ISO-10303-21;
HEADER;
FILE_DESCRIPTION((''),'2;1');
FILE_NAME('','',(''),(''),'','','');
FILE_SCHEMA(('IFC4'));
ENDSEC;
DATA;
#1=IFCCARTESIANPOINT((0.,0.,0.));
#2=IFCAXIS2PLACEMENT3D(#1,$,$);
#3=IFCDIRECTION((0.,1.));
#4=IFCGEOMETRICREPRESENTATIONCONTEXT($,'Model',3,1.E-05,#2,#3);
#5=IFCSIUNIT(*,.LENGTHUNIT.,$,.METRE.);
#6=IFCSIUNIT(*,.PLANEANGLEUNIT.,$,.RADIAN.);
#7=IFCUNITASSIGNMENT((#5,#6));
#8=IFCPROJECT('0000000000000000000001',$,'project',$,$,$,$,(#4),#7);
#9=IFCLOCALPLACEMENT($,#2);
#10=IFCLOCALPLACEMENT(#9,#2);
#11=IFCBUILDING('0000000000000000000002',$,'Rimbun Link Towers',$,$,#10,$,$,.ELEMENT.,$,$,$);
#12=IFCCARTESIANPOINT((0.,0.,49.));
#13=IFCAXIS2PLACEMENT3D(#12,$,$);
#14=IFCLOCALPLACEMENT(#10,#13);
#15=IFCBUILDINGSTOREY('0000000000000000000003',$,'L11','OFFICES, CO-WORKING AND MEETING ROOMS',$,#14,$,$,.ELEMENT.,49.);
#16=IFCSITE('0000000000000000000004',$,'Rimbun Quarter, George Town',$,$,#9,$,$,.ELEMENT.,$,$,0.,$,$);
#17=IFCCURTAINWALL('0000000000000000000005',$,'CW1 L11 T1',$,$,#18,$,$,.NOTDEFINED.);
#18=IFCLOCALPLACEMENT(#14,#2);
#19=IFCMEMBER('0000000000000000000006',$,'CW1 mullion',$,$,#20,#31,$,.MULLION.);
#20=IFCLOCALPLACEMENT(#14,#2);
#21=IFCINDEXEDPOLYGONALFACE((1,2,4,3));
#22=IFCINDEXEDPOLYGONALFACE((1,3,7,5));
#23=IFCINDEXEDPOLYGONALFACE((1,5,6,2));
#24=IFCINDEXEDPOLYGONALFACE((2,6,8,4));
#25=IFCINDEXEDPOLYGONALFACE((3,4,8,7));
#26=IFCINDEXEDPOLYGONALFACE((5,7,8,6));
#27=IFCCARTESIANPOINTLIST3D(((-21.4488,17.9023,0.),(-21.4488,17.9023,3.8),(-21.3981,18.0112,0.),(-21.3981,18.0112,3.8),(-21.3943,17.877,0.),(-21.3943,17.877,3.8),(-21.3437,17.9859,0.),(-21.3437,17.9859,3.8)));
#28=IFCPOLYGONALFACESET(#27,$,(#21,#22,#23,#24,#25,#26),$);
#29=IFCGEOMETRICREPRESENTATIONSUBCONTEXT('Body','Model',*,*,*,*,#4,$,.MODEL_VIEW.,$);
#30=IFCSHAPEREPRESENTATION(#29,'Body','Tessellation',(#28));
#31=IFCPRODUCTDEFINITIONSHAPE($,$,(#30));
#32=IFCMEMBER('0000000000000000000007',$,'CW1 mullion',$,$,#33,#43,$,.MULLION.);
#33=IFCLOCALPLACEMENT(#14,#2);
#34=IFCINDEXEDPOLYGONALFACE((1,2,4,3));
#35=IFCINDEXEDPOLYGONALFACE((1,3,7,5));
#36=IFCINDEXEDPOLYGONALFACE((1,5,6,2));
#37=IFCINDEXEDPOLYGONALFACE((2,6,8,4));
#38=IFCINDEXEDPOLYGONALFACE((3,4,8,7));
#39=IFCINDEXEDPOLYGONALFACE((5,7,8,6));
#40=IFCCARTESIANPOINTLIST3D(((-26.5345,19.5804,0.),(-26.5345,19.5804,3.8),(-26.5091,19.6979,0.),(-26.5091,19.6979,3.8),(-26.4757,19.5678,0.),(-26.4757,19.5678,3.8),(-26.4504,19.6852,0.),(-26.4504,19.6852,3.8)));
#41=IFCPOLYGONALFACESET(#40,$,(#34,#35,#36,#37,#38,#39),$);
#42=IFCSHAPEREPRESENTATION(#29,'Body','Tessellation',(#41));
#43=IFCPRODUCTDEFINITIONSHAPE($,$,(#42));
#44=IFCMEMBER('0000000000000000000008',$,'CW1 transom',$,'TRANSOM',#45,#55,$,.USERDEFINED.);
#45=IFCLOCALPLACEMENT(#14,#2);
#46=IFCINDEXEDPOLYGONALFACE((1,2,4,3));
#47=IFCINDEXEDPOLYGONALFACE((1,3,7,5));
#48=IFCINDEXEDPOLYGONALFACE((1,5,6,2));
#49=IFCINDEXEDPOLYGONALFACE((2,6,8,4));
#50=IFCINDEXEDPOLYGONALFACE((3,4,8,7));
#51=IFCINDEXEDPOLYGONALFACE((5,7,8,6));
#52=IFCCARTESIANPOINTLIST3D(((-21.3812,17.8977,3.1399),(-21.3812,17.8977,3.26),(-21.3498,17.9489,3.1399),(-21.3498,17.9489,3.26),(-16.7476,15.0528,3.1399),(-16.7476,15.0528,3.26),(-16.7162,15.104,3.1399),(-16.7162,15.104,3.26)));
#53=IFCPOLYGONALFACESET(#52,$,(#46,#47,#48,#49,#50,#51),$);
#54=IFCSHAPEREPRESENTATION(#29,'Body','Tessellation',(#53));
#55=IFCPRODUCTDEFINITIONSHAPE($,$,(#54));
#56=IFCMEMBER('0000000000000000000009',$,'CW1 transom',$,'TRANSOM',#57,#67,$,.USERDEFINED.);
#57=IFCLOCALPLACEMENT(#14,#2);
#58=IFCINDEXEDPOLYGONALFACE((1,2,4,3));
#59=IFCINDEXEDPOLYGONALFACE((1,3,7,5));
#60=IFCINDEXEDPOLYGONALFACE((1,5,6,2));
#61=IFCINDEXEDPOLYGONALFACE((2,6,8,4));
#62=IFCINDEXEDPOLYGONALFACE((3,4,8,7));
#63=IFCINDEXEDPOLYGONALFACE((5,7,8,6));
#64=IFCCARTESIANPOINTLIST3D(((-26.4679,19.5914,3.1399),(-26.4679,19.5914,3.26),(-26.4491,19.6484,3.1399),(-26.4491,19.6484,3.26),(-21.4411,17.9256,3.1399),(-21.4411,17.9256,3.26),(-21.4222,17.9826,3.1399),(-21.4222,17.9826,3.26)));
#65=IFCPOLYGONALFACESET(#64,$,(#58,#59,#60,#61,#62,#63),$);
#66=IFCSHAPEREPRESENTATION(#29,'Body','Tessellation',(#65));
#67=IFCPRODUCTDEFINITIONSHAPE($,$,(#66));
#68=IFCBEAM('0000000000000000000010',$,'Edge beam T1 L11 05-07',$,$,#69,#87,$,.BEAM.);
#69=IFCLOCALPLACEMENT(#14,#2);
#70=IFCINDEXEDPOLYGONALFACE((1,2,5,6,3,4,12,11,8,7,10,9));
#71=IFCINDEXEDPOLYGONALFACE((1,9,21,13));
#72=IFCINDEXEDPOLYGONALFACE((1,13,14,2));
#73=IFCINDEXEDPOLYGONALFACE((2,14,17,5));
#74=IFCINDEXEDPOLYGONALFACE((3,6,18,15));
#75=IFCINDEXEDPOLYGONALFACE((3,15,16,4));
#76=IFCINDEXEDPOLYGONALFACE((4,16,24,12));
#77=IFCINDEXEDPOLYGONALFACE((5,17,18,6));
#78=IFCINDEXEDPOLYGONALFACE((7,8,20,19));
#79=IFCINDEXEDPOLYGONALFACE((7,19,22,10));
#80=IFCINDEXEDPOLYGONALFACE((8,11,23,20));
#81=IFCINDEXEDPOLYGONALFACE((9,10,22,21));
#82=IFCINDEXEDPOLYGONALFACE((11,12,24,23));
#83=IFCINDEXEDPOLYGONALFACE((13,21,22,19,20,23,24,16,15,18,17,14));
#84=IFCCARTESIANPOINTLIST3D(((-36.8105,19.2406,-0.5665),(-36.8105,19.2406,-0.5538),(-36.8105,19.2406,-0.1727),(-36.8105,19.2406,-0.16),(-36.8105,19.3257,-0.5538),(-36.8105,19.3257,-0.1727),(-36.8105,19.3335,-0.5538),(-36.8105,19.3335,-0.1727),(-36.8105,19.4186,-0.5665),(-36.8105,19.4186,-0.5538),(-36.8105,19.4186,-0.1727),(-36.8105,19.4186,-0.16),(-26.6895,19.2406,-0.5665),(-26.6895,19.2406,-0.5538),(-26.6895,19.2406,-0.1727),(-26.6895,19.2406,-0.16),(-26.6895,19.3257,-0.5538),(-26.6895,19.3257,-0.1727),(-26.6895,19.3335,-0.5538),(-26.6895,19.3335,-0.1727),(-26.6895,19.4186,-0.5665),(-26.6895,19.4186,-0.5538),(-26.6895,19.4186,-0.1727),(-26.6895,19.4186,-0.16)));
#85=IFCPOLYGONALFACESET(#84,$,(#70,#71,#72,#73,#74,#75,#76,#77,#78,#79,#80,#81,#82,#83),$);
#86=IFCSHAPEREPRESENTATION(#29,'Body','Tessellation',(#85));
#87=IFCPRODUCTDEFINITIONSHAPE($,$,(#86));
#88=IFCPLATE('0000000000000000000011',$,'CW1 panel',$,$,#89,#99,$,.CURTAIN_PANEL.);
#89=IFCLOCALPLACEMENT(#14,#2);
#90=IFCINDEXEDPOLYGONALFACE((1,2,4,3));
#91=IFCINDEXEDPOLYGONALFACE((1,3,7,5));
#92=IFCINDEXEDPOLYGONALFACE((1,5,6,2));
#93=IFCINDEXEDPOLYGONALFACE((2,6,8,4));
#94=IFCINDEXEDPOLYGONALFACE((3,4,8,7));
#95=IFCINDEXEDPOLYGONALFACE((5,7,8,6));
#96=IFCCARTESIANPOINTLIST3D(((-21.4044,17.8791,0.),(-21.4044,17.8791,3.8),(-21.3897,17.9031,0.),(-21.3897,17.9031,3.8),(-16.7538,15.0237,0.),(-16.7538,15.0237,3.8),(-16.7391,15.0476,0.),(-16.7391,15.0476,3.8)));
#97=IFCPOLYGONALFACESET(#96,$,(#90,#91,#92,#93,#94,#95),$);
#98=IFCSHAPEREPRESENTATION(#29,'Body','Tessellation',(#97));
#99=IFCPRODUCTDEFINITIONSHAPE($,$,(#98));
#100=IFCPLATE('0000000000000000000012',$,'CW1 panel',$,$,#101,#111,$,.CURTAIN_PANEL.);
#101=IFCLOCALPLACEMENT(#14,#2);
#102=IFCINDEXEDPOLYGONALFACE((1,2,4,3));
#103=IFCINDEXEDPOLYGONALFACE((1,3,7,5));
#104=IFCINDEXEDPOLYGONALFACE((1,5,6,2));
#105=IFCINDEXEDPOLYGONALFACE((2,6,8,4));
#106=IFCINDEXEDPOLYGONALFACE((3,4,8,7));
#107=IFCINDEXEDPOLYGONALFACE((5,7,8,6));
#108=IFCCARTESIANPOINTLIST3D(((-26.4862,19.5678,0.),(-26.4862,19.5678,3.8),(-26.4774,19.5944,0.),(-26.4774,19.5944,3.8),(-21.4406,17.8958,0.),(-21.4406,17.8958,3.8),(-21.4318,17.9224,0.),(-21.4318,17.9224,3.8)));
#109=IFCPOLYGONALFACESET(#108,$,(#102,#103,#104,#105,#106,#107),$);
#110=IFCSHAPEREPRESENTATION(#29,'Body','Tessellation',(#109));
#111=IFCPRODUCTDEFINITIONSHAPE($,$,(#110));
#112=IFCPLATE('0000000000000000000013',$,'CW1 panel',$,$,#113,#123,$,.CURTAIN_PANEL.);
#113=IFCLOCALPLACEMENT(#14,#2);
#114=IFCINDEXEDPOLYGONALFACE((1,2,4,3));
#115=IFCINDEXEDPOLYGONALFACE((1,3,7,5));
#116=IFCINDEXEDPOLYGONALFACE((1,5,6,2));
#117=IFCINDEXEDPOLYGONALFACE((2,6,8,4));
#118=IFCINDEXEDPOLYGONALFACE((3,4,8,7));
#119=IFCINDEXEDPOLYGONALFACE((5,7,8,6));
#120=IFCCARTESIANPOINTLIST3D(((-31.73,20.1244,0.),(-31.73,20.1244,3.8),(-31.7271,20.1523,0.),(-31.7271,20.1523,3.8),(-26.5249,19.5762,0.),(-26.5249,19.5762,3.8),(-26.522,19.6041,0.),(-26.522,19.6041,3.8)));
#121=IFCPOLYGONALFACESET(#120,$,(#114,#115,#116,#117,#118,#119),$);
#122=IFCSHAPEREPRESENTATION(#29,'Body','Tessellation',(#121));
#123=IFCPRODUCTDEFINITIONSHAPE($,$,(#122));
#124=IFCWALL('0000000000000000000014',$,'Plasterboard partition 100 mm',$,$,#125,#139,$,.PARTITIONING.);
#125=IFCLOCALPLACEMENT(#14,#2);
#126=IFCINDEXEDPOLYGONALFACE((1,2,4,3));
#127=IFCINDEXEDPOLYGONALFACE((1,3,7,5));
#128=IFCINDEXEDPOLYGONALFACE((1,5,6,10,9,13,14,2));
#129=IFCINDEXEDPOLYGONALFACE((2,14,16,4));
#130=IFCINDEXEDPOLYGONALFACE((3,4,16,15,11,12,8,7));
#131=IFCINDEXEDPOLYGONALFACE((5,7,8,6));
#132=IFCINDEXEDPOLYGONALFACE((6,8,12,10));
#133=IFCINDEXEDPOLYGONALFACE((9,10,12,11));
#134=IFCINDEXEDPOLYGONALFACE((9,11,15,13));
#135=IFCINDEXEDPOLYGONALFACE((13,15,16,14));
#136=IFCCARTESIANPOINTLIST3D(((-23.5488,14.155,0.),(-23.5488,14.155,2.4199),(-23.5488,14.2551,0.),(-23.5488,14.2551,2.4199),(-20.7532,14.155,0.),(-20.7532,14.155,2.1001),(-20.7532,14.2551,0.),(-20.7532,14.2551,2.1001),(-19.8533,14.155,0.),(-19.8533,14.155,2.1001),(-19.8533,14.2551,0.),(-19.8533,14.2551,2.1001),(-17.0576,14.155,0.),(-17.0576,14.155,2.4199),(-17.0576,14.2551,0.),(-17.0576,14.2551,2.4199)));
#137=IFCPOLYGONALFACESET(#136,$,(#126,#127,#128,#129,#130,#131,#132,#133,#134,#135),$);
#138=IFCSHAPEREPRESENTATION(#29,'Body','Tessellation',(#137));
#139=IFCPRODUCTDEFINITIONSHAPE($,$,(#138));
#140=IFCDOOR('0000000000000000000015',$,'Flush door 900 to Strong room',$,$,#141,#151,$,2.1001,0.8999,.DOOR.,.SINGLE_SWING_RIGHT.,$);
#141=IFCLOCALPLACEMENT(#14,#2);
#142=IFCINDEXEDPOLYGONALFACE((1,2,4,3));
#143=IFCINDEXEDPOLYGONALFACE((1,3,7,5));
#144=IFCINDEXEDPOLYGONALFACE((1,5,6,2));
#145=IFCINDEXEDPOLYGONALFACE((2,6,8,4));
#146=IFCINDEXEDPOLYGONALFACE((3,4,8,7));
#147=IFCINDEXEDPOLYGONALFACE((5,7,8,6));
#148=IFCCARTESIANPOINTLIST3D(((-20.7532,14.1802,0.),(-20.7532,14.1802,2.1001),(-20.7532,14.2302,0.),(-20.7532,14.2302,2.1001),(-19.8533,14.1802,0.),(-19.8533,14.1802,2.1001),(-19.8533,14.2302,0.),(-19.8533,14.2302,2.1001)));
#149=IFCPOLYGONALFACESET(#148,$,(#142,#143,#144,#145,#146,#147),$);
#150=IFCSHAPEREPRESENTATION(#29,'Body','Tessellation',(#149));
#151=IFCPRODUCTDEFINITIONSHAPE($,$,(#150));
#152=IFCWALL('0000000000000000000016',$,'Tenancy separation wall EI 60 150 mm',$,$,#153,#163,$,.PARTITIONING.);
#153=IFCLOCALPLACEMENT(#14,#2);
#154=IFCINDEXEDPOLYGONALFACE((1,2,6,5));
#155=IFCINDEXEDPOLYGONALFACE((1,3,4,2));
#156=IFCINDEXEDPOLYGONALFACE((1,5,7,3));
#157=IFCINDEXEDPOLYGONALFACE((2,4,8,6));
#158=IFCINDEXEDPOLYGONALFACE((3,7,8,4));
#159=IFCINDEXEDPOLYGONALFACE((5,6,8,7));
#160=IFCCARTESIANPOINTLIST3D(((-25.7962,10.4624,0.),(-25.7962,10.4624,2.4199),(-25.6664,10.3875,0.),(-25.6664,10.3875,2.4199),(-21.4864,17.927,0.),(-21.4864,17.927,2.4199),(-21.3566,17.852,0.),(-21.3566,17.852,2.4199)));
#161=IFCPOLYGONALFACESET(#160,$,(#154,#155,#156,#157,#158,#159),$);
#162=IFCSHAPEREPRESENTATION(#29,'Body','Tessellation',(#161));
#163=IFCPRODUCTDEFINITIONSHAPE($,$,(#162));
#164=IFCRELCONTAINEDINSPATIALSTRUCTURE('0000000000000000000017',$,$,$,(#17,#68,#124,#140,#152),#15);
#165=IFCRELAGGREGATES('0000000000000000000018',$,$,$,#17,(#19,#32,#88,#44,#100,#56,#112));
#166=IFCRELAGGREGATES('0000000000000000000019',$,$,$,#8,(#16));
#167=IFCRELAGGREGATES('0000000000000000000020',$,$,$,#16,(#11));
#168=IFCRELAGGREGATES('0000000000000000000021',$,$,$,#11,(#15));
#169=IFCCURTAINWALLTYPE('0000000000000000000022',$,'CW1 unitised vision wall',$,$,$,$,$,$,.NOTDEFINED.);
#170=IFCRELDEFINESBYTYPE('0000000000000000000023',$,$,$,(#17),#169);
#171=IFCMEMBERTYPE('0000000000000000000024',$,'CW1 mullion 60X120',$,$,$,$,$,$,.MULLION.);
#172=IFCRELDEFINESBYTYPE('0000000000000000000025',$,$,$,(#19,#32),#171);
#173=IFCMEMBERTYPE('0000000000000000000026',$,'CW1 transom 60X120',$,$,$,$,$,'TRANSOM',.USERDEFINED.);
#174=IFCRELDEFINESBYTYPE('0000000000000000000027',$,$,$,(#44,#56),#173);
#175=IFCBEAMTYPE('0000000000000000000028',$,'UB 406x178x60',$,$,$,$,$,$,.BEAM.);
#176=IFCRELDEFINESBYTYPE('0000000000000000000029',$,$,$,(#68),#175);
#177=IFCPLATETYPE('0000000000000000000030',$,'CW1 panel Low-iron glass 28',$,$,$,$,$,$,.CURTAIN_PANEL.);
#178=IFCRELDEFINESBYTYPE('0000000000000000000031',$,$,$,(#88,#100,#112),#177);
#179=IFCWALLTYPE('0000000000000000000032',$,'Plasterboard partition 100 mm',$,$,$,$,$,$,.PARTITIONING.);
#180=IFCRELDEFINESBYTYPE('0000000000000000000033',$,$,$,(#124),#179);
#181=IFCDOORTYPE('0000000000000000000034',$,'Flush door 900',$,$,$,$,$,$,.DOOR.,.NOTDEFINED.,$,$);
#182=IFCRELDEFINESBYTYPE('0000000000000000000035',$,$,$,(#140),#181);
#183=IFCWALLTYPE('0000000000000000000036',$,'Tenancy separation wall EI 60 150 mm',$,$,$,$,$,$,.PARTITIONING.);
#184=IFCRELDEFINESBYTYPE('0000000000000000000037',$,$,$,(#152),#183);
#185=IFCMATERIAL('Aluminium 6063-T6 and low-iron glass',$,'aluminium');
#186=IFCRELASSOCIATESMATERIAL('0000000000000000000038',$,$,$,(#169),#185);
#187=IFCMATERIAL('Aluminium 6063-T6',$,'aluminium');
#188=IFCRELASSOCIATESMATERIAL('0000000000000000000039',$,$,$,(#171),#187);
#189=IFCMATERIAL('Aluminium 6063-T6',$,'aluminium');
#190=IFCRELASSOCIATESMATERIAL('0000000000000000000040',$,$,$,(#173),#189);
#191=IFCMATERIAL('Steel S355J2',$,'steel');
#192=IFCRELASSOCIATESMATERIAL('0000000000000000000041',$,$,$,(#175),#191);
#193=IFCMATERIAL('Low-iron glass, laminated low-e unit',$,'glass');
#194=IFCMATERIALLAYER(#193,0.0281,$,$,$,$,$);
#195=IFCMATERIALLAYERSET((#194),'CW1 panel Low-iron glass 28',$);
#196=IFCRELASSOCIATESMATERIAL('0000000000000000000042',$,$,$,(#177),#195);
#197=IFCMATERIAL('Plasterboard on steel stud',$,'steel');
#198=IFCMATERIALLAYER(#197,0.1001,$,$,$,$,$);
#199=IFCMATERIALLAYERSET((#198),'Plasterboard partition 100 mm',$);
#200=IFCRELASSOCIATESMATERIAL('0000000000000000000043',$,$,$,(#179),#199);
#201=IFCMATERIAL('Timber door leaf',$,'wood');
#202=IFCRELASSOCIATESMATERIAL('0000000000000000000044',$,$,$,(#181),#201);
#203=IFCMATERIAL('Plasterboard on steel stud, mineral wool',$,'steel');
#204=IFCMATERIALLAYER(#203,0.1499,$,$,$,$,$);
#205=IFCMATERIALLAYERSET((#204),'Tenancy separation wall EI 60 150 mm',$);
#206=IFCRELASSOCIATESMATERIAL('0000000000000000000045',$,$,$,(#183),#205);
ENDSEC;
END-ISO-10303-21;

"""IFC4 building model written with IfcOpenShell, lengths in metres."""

from ifc_helpers import new_model, si_unit, direction, frame, frame_2d, origin, origin_2d, place, context, subcontext, project, spatial, rectangle, i_section, extrude, material, layer, layer_set, material_profile, profile_set, type_object, element, fill, aggregate, save


model = new_model("IFC4")

# Units and contexts
model_context = context("Model", 3, precision=1e-05, world=origin(), true_north=direction((0.0, 1.0)))
body_context = subcontext(model_context, "Body", "Model", "MODEL_VIEW")
ifc_project = project(units=[si_unit("LENGTHUNIT", "METRE"), si_unit("PLANEANGLEUNIT", "RADIAN")], contexts=[model_context])

# Site, building, storey
site_placement = place(None, origin())
site = spatial("IfcSite", under=ifc_project, at=site_placement, Name="Rimbun Quarter, George Town", CompositionType="ELEMENT", RefElevation=0.0)
building_placement = place(site_placement, origin())
building = spatial("IfcBuilding", under=site, at=building_placement, Name="Rimbun Link Towers", CompositionType="ELEMENT")
storey_placement = place(building_placement, frame((0.0, 0.0, 49.0)))
storey = spatial("IfcBuildingStorey", under=building, at=storey_placement, Name="L11", Description="OFFICES, CO-WORKING AND MEETING ROOMS", CompositionType="ELEMENT", Elevation=49.0)

# Curtain wall, members
ifc_material_1 = material(Name="Aluminium 6063-T6 and low-iron glass", Category="aluminium")
curtain_wall_type = type_object("IfcCurtainWallType", Name="CW1 unitised vision wall", PredefinedType="NOTDEFINED", material=ifc_material_1)
curtain_wall_placement = place(storey_placement, origin())
curtain_wall = element("IfcCurtainWall", 1, at=curtain_wall_placement, inside=storey, type_object=curtain_wall_type, Name="CW1 L11 T1", PredefinedType="NOTDEFINED")
ifc_material_2 = material(Name="Aluminium 6063-T6", Category="aluminium")
ifc_material_profile_1 = material_profile(ifc_material_2, rectangle(XDim=0.1201, YDim=0.0601, at=origin_2d()), Name="MULLION 60X120")
ifc_profile_set_1 = profile_set([ifc_material_profile_1], Name="Aluminium 6063-T6")
member_type_1 = type_object("IfcMemberType", Name="CW1 mullion 60X120", PredefinedType="MULLION", material=ifc_profile_set_1)
member_1_placement = place(storey_placement, frame((-21.3962, 17.9441, 0.0), z_axis=(0.0, 0.0, 1.0), x_axis=(0.421701, 0.906735, 0.0)))
member_1 = element("IfcMember", 2, at=member_1_placement, type_object=member_type_1, Name="CW1 mullion", PredefinedType="MULLION", context=body_context, shape_type="SweptSolid", body=[
    extrude(rectangle(XDim=0.1201, YDim=0.0601, at=origin_2d()), origin(), (0.0, 0.0, 1.0), 3.8),
])
member_2_placement = place(storey_placement, frame((-26.4924, 19.6328, 0.0), z_axis=(0.0, 0.0, 1.0), x_axis=(0.210868, 0.977515, 0.0)))
member_2 = element("IfcMember", 3, at=member_2_placement, type_object=member_type_1, Name="CW1 mullion", PredefinedType="MULLION", context=body_context, shape_type="SweptSolid", body=[
    extrude(rectangle(XDim=0.1201, YDim=0.0601, at=origin_2d()), origin(), (0.0, 0.0, 1.0), 3.8),
])
ifc_material_3 = material(Name="Aluminium 6063-T6", Category="aluminium")
ifc_material_profile_2 = material_profile(ifc_material_3, rectangle(XDim=0.0601, YDim=0.1201, at=origin_2d()), Name="TRANSOM 60X120")
ifc_profile_set_2 = profile_set([ifc_material_profile_2], Name="Aluminium 6063-T6")
member_type_2 = type_object("IfcMemberType", Name="CW1 transom 60X120", ElementType="TRANSOM", PredefinedType="USERDEFINED", material=ifc_profile_set_2)
member_3_placement = place(storey_placement, frame((-21.3655, 17.9233, 3.2), z_axis=(0.852187, -0.523238, 0.0), x_axis=(0.523238, 0.852187, 0.0)))
member_3 = element("IfcMember", 4, at=member_3_placement, type_object=member_type_2, Name="CW1 transom", ObjectType="TRANSOM", PredefinedType="USERDEFINED", context=body_context, shape_type="SweptSolid", body=[
    extrude(rectangle(XDim=0.0601, YDim=0.1201, at=origin_2d()), origin(), (0.0, 0.0, 1.0), 5.4373),
])
member_4_placement = place(storey_placement, frame((-26.4585, 19.6199, 3.2), z_axis=(0.94924, -0.314554, 0.0), x_axis=(0.314554, 0.94924, 0.0)))
member_4 = element("IfcMember", 5, at=member_4_placement, type_object=member_type_2, Name="CW1 transom", ObjectType="TRANSOM", PredefinedType="USERDEFINED", context=body_context, shape_type="SweptSolid", body=[
    extrude(rectangle(XDim=0.0601, YDim=0.1201, at=origin_2d()), origin(), (0.0, 0.0, 1.0), 5.2957),
])

# Beam
ifc_material_4 = material(Name="Steel S355J2", Category="steel")
ifc_material_profile_3 = material_profile(ifc_material_4, i_section(OverallWidth=0.178, OverallDepth=0.4065, WebThickness=0.0078, FlangeThickness=0.0127, at=origin_2d()), Name="UB 406x178x60")
ifc_profile_set_3 = profile_set([ifc_material_profile_3], Name="Steel S355J2")
beam_type = type_object("IfcBeamType", Name="UB 406x178x60", PredefinedType="BEAM", material=ifc_profile_set_3)
beam_placement = place(storey_placement, frame((-26.6895, 19.3296, -0.3633), z_axis=(-1.0, 0.0, 0.0), x_axis=(0.0, -1.0, 0.0)))
element("IfcBeam", 6, at=beam_placement, inside=storey, type_object=beam_type, Name="Edge beam T1 L11 05-07", PredefinedType="BEAM", context=body_context, shape_type="SweptSolid", body=[
    extrude(i_section(OverallWidth=0.178, OverallDepth=0.4065, WebThickness=0.0078, FlangeThickness=0.0127, at=origin_2d()), origin(), (0.0, 0.0, 1.0), 10.1211),
])

# Plates
ifc_material_5 = material(Name="Low-iron glass, laminated low-e unit", Category="glass")
ifc_layer_1 = layer(ifc_material_5, 0.0281)
ifc_layer_set_1 = layer_set([ifc_layer_1], Name="CW1 panel Low-iron glass 28")
plate_type = type_object("IfcPlateType", Name="CW1 panel Low-iron glass 28", PredefinedType="CURTAIN_PANEL", material=ifc_layer_set_1)
plate_1_placement = place(storey_placement, frame((-19.0718, 16.4634, 0.0), z_axis=(0.0, 0.0, 1.0), x_axis=(0.852185, -0.523241, 0.0)))
plate_1 = element("IfcPlate", 7, at=plate_1_placement, type_object=plate_type, Name="CW1 panel", PredefinedType="CURTAIN_PANEL", context=body_context, shape_type="SweptSolid", body=[
    extrude(rectangle(XDim=5.4573, YDim=0.0281, at=origin_2d()), origin(), (0.0, 0.0, 1.0), 3.8),
])
plate_2_placement = place(storey_placement, frame((-23.959, 18.7451, 0.0), z_axis=(0.0, 0.0, 1.0), x_axis=(0.949238, -0.314558, 0.0)))
plate_2 = element("IfcPlate", 8, at=plate_2_placement, type_object=plate_type, Name="CW1 panel", PredefinedType="CURTAIN_PANEL", context=body_context, shape_type="SweptSolid", body=[
    extrude(rectangle(XDim=5.3154, YDim=0.0281, at=origin_2d()), origin(), (0.0, 0.0, 1.0), 3.8),
])
plate_3_placement = place(storey_placement, frame((-29.126, 19.8643, 0.0), z_axis=(0.0, 0.0, 1.0), x_axis=(0.994499, -0.104742, 0.0)))
plate_3 = element("IfcPlate", 9, at=plate_3_placement, type_object=plate_type, Name="CW1 panel", PredefinedType="CURTAIN_PANEL", context=body_context, shape_type="SweptSolid", body=[
    extrude(rectangle(XDim=5.2339, YDim=0.0281, at=origin_2d()), origin(), (0.0, 0.0, 1.0), 3.8),
])
aggregate(curtain_wall, [member_1, member_2, plate_1, member_3, plate_2, member_4, plate_3])

# Wall, opening, door
ifc_material_6 = material(Name="Plasterboard on steel stud", Category="steel")
ifc_layer_2 = layer(ifc_material_6, 0.1001)
ifc_layer_set_2 = layer_set([ifc_layer_2], Name="Plasterboard partition 100 mm")
wall_type_1 = type_object("IfcWallType", Name="Plasterboard partition 100 mm", PredefinedType="PARTITIONING", material=ifc_layer_set_2)
wall_1_placement = place(storey_placement, frame((-17.0576, 14.2051, 0.0), z_axis=(0.0, 0.0, 1.0), x_axis=(-1.0, 0.0, 0.0)))
wall_1 = element("IfcWall", 10, at=wall_1_placement, inside=storey, type_object=wall_type_1, Name="Plasterboard partition 100 mm", PredefinedType="PARTITIONING", context=body_context, shape_type="SweptSolid", body=[
    extrude(rectangle(XDim=6.4912, YDim=0.1001, at=frame_2d((3.2456, 0.0))), origin(), (0.0, 0.0, 1.0), 2.4199),
])
opening_placement = place(wall_1_placement, frame((2.7957, 0.0, 0.0)))
opening = element("IfcOpeningElement", 11, at=opening_placement, cuts=wall_1, PredefinedType="OPENING", context=body_context, shape_type="SweptSolid", body=[
    extrude(rectangle(XDim=0.8999, YDim=2.1001, at=frame_2d((0.45, 1.05))), frame((0.0, 0.0601, 0.0), z_axis=(0.0, -1.0, 0.0), x_axis=(1.0, 0.0, 0.0)), (0.0, 0.0, 1.0), 0.1201),
])
ifc_material_7 = material(Name="Timber door leaf", Category="wood")
door_type = type_object("IfcDoorType", Name="Flush door 900", OperationType="NOTDEFINED", PredefinedType="DOOR", material=ifc_material_7)
door_placement = place(opening_placement, origin())
door = element("IfcDoor", 12, at=door_placement, inside=storey, type_object=door_type, Name="Flush door 900 to Strong room", OperationType="SINGLE_SWING_RIGHT", OverallHeight=2.1001, OverallWidth=0.8999, PredefinedType="DOOR", context=body_context, shape_type="SweptSolid", body=[
    extrude(rectangle(XDim=0.8999, YDim=2.1001, at=frame_2d((0.45, 1.05))), frame((0.0, 0.0249, 0.0), z_axis=(0.0, -1.0, 0.0), x_axis=(1.0, 0.0, 0.0)), (0.0, 0.0, 1.0), 0.05),
])
fill(opening, door)

# Wall
ifc_material_8 = material(Name="Plasterboard on steel stud, mineral wool", Category="steel")
ifc_layer_3 = layer(ifc_material_8, 0.1499)
ifc_layer_set_3 = layer_set([ifc_layer_3], Name="Tenancy separation wall EI 60 150 mm")
wall_type_2 = type_object("IfcWallType", Name="Tenancy separation wall EI 60 150 mm", PredefinedType="PARTITIONING", material=ifc_layer_set_3)
wall_2_placement = place(storey_placement, frame((-25.7312, 10.425, 0.0), z_axis=(0.0, 0.0, 1.0), x_axis=(0.500011, 0.866019, 0.0)))
element("IfcWall", 13, at=wall_2_placement, inside=storey, type_object=wall_type_2, Name="Tenancy separation wall EI 60 150 mm", PredefinedType="PARTITIONING", context=body_context, shape_type="SweptSolid", body=[
    extrude(rectangle(XDim=8.6194, YDim=0.1499, at=frame_2d((4.3096, 0.0))), origin(), (0.0, 0.0, 1.0), 2.4199),
])

save(model, "model.ifc")
